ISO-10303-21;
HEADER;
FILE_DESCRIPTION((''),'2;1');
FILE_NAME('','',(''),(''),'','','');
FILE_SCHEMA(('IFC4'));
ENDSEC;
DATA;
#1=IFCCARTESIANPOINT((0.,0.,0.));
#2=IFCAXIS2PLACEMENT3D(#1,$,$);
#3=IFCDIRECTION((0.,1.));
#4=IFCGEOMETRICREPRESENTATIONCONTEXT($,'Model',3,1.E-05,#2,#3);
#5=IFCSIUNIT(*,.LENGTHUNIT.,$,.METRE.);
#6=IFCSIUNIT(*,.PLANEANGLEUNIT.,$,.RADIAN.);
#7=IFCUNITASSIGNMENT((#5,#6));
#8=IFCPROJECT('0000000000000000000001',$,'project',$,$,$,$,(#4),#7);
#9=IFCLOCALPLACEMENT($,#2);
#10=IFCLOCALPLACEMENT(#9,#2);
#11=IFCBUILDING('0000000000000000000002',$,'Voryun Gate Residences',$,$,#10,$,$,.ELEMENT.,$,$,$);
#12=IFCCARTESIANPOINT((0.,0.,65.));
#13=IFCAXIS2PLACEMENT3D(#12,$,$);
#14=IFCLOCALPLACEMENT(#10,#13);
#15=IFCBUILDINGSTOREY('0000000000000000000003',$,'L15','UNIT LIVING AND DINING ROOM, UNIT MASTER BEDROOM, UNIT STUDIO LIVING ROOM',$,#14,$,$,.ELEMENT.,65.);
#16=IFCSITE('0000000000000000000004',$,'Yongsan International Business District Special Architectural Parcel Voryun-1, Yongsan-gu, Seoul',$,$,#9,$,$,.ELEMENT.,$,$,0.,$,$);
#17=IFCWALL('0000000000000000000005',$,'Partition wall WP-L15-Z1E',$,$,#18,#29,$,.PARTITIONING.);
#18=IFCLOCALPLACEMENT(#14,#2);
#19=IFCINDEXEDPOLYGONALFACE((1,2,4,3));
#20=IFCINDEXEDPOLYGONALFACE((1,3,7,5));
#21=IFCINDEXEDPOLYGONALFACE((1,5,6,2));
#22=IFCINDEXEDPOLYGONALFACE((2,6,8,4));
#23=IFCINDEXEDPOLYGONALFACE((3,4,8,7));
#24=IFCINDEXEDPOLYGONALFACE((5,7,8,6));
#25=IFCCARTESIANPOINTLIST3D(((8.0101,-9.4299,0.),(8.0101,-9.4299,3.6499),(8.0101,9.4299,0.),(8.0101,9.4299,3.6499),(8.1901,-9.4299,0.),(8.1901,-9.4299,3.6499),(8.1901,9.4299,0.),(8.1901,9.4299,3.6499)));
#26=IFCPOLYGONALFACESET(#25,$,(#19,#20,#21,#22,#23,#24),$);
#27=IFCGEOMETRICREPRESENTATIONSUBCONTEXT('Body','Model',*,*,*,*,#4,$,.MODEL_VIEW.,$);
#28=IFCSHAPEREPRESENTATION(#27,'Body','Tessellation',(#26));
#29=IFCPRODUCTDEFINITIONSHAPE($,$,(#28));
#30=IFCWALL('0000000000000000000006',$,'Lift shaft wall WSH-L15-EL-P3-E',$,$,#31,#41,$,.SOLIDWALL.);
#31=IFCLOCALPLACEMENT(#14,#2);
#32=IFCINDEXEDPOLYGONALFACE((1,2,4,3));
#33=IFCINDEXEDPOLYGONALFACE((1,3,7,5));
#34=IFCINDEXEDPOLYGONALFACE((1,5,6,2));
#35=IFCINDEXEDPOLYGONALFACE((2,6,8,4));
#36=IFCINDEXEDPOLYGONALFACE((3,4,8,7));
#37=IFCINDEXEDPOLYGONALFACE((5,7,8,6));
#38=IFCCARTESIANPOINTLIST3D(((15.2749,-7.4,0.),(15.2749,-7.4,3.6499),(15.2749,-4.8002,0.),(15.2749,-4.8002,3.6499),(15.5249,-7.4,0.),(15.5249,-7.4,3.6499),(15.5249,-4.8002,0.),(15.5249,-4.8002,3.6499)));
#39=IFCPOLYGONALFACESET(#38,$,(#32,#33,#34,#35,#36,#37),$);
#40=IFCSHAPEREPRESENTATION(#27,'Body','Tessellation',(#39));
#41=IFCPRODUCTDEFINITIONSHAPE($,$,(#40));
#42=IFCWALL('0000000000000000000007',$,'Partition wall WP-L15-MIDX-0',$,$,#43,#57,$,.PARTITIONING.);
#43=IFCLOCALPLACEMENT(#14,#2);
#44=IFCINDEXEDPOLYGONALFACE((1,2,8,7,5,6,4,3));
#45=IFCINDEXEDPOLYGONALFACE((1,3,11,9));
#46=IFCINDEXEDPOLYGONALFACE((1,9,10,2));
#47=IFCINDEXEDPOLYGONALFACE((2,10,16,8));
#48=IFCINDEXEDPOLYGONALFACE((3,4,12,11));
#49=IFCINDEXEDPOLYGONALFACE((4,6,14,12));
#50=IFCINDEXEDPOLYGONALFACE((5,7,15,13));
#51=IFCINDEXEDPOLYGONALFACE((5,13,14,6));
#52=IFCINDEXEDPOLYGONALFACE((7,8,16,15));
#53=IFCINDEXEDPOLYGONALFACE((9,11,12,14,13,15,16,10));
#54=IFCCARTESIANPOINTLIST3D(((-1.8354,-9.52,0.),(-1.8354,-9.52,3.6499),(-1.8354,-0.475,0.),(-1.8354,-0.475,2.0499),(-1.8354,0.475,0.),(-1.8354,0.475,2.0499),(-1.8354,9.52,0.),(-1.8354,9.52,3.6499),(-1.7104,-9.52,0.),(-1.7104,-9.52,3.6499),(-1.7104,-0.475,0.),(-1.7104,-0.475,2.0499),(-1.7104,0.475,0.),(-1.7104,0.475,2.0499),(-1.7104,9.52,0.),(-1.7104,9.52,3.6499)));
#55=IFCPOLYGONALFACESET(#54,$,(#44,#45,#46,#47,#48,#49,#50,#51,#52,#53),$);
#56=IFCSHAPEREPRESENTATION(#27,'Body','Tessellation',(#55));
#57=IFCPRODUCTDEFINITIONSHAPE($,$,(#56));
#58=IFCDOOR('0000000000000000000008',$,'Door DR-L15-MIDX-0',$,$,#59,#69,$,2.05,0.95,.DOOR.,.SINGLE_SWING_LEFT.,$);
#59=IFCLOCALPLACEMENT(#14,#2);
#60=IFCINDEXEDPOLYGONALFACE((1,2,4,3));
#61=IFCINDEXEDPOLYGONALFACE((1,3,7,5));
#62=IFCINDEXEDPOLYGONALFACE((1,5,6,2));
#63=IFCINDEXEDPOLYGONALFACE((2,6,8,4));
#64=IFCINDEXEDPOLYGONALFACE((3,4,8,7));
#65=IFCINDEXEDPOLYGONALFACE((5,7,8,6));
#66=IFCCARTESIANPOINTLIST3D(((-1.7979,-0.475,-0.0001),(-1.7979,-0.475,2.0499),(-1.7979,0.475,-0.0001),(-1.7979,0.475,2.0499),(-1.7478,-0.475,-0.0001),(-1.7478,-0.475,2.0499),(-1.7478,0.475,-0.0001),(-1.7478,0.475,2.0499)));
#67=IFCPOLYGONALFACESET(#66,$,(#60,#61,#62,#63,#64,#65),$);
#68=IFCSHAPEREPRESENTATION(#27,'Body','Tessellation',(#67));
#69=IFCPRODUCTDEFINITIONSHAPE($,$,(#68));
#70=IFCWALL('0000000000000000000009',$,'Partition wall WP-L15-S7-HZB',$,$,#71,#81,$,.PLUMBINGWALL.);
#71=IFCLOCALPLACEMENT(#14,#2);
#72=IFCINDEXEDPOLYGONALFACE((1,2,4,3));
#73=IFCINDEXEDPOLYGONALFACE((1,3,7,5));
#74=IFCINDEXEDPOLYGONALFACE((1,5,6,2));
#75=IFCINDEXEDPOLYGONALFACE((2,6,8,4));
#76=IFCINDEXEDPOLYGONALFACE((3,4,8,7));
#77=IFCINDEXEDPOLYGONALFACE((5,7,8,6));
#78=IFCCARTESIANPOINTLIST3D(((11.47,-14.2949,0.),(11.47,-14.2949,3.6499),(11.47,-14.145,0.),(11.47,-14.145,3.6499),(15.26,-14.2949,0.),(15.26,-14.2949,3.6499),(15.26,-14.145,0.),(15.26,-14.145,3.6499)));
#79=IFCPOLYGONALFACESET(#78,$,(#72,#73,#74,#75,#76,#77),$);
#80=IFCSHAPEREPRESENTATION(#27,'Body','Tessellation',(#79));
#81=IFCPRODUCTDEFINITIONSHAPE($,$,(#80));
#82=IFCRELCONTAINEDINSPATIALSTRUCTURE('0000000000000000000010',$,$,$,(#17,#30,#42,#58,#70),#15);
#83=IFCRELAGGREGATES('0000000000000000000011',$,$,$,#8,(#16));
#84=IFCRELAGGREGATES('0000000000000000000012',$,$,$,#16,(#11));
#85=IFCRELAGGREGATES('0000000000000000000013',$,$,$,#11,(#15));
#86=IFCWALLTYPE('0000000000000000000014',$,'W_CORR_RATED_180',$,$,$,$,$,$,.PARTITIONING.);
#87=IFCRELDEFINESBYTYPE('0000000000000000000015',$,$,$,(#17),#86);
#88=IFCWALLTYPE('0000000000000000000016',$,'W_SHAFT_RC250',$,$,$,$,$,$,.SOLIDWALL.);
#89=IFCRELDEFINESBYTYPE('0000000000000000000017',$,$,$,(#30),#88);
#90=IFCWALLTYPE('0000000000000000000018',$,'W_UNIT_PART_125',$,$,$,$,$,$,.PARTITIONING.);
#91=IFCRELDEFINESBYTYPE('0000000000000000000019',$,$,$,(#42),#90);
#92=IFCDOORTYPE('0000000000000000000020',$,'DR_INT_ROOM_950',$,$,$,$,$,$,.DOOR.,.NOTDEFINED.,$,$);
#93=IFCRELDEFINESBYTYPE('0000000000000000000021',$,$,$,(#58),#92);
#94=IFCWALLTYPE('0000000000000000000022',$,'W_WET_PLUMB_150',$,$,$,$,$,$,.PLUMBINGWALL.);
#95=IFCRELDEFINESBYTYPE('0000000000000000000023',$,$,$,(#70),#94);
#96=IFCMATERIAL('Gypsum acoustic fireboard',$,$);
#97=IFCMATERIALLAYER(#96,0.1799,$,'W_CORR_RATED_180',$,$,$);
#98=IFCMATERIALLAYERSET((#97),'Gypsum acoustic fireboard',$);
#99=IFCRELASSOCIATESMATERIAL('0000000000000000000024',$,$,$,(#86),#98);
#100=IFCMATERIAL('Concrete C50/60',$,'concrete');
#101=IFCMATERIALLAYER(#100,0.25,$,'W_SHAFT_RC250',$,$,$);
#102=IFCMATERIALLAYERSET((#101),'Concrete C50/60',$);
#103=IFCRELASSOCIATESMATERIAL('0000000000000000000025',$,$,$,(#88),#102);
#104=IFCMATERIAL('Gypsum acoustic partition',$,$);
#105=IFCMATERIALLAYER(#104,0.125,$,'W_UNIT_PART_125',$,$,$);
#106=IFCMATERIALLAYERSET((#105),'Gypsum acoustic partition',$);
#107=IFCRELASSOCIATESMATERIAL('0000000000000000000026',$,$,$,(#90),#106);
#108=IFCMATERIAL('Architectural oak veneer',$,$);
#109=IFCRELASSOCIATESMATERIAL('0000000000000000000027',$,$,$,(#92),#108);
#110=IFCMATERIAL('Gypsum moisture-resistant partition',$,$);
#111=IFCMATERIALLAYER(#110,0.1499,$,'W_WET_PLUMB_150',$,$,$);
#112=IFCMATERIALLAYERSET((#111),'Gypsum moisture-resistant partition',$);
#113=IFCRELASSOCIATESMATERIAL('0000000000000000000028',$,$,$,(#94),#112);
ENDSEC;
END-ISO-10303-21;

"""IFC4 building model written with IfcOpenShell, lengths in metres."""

from ifc_helpers import new_model, si_unit, direction, frame, frame_2d, origin, place, context, subcontext, project, spatial, rectangle, extrude, material, layer, layer_set, type_object, element, fill, save


model = new_model("IFC4")

# Units and contexts
model_context = context("Model", 3, precision=1e-05, world=origin(), true_north=direction((0.0, 1.0)))
body_context = subcontext(model_context, "Body", "Model", "MODEL_VIEW")
ifc_project = project(units=[si_unit("LENGTHUNIT", "METRE"), si_unit("PLANEANGLEUNIT", "RADIAN")], contexts=[model_context])

# Site, building, storey
site_placement = place(None, origin())
site = spatial("IfcSite", under=ifc_project, at=site_placement, Name="Yongsan International Business District Special Architectural Parcel Voryun-1, Yongsan-gu, Seoul", CompositionType="ELEMENT", RefElevation=0.0)
building_placement = place(site_placement, origin())
building = spatial("IfcBuilding", under=site, at=building_placement, Name="Voryun Gate Residences", CompositionType="ELEMENT")
storey_placement = place(building_placement, frame((0.0, 0.0, 65.0)))
storey = spatial("IfcBuildingStorey", under=building, at=storey_placement, Name="L15", Description="UNIT LIVING AND DINING ROOM, UNIT MASTER BEDROOM, UNIT STUDIO LIVING ROOM", CompositionType="ELEMENT", Elevation=65.0)

# Shared definitions
ifc_material_1 = material(Name="Gypsum acoustic fireboard")
ifc_layer_1 = layer(ifc_material_1, 0.1799, Name="W_CORR_RATED_180")
ifc_layer_set_1 = layer_set([ifc_layer_1], Name="Gypsum acoustic fireboard")
wall_type_1 = type_object("IfcWallType", Name="W_CORR_RATED_180", PredefinedType="PARTITIONING", material=ifc_layer_set_1)

# Walls
wall_1_placement = place(storey_placement, frame((8.1001, -9.4299, 0.0), z_axis=(0.0, 0.0, 1.0), x_axis=(0.0, 1.0, 0.0)))
element("IfcWall", 1, at=wall_1_placement, inside=storey, type_object=wall_type_1, Name="Partition wall WP-L15-Z1E", PredefinedType="PARTITIONING", context=body_context, shape_type="SweptSolid", body=[
    extrude(rectangle(XDim=18.8599, YDim=0.1799, at=frame_2d((9.4299, 0.0))), origin(), (0.0, 0.0, 1.0), 3.6499),
])
ifc_material_2 = material(Name="Concrete C50/60", Category="concrete")
ifc_layer_2 = layer(ifc_material_2, 0.25, Name="W_SHAFT_RC250")
ifc_layer_set_2 = layer_set([ifc_layer_2], Name="Concrete C50/60")
wall_type_2 = type_object("IfcWallType", Name="W_SHAFT_RC250", PredefinedType="SOLIDWALL", material=ifc_layer_set_2)
wall_2_placement = place(storey_placement, frame((15.3999, -7.3999, 0.0), z_axis=(0.0, 0.0, 1.0), x_axis=(0.0, 1.0, 0.0)))
element("IfcWall", 2, at=wall_2_placement, inside=storey, type_object=wall_type_2, Name="Lift shaft wall WSH-L15-EL-P3-E", PredefinedType="SOLIDWALL", context=body_context, shape_type="SweptSolid", body=[
    extrude(rectangle(XDim=2.5999, YDim=0.25, at=frame_2d((1.2998, 0.0))), origin(), (0.0, 0.0, 1.0), 3.6499),
])

# Wall, opening, door
ifc_material_3 = material(Name="Gypsum acoustic partition")
ifc_layer_3 = layer(ifc_material_3, 0.125, Name="W_UNIT_PART_125")
ifc_layer_set_3 = layer_set([ifc_layer_3], Name="Gypsum acoustic partition")
wall_type_3 = type_object("IfcWallType", Name="W_UNIT_PART_125", PredefinedType="PARTITIONING", material=ifc_layer_set_3)
wall_3_placement = place(storey_placement, frame((-1.7729, -9.52, 0.0), z_axis=(0.0, 0.0, 1.0), x_axis=(0.0, 1.0, 0.0)))
wall_3 = element("IfcWall", 3, at=wall_3_placement, inside=storey, type_object=wall_type_3, Name="Partition wall WP-L15-MIDX-0", PredefinedType="PARTITIONING", context=body_context, shape_type="SweptSolid", body=[
    extrude(rectangle(XDim=19.04, YDim=0.125, at=frame_2d((9.52, 0.0))), origin(), (0.0, 0.0, 1.0), 3.6499),
])
opening_1_placement = place(wall_3_placement, frame((9.0449, 0.0, 0.0)))
opening_1 = element("IfcOpeningElement", 4, at=opening_1_placement, cuts=wall_3, PredefinedType="OPENING", context=body_context, shape_type="SweptSolid", body=[
    extrude(rectangle(XDim=0.95, YDim=2.05, at=frame_2d((0.4751, 1.0249))), frame((0.0, 0.0725, 0.0), z_axis=(0.0, -1.0, 0.0), x_axis=(1.0, 0.0, 0.0)), (0.0, 0.0, 1.0), 0.145),
])
ifc_material_4 = material(Name="Architectural oak veneer")
door_type_1 = type_object("IfcDoorType", Name="DR_INT_ROOM_950", OperationType="NOTDEFINED", PredefinedType="DOOR", material=ifc_material_4)
door_1_placement = place(opening_1_placement, origin())
door_1 = element("IfcDoor", 5, at=door_1_placement, inside=storey, type_object=door_type_1, Name="Door DR-L15-MIDX-0", OperationType="SINGLE_SWING_LEFT", OverallHeight=2.05, OverallWidth=0.95, PredefinedType="DOOR", context=body_context, shape_type="SweptSolid", body=[
    extrude(rectangle(XDim=0.95, YDim=2.05, at=frame_2d((0.4751, 1.0249))), frame((0.0, 0.0249, 0.0), z_axis=(0.0, -1.0, 0.0), x_axis=(1.0, 0.0, 0.0)), (0.0, 0.0, 1.0), 0.05),
])
fill(opening_1, door_1)

# Wall
ifc_material_5 = material(Name="Gypsum moisture-resistant partition")
ifc_layer_4 = layer(ifc_material_5, 0.1499, Name="W_WET_PLUMB_150")
ifc_layer_set_4 = layer_set([ifc_layer_4], Name="Gypsum moisture-resistant partition")
wall_type_4 = type_object("IfcWallType", Name="W_WET_PLUMB_150", PredefinedType="PLUMBINGWALL", material=ifc_layer_set_4)
wall_4_placement = place(storey_placement, frame((11.47, -14.22, 0.0), z_axis=(0.0, 0.0, 1.0), x_axis=(1.0, 0.0, 0.0)))
element("IfcWall", 6, at=wall_4_placement, inside=storey, type_object=wall_type_4, Name="Partition wall WP-L15-S7-HZB", PredefinedType="PLUMBINGWALL", context=body_context, shape_type="SweptSolid", body=[
    extrude(rectangle(XDim=3.79, YDim=0.1499, at=frame_2d((1.895, 0.0))), origin(), (0.0, 0.0, 1.0), 3.6499),
])

save(model, "model.ifc")
